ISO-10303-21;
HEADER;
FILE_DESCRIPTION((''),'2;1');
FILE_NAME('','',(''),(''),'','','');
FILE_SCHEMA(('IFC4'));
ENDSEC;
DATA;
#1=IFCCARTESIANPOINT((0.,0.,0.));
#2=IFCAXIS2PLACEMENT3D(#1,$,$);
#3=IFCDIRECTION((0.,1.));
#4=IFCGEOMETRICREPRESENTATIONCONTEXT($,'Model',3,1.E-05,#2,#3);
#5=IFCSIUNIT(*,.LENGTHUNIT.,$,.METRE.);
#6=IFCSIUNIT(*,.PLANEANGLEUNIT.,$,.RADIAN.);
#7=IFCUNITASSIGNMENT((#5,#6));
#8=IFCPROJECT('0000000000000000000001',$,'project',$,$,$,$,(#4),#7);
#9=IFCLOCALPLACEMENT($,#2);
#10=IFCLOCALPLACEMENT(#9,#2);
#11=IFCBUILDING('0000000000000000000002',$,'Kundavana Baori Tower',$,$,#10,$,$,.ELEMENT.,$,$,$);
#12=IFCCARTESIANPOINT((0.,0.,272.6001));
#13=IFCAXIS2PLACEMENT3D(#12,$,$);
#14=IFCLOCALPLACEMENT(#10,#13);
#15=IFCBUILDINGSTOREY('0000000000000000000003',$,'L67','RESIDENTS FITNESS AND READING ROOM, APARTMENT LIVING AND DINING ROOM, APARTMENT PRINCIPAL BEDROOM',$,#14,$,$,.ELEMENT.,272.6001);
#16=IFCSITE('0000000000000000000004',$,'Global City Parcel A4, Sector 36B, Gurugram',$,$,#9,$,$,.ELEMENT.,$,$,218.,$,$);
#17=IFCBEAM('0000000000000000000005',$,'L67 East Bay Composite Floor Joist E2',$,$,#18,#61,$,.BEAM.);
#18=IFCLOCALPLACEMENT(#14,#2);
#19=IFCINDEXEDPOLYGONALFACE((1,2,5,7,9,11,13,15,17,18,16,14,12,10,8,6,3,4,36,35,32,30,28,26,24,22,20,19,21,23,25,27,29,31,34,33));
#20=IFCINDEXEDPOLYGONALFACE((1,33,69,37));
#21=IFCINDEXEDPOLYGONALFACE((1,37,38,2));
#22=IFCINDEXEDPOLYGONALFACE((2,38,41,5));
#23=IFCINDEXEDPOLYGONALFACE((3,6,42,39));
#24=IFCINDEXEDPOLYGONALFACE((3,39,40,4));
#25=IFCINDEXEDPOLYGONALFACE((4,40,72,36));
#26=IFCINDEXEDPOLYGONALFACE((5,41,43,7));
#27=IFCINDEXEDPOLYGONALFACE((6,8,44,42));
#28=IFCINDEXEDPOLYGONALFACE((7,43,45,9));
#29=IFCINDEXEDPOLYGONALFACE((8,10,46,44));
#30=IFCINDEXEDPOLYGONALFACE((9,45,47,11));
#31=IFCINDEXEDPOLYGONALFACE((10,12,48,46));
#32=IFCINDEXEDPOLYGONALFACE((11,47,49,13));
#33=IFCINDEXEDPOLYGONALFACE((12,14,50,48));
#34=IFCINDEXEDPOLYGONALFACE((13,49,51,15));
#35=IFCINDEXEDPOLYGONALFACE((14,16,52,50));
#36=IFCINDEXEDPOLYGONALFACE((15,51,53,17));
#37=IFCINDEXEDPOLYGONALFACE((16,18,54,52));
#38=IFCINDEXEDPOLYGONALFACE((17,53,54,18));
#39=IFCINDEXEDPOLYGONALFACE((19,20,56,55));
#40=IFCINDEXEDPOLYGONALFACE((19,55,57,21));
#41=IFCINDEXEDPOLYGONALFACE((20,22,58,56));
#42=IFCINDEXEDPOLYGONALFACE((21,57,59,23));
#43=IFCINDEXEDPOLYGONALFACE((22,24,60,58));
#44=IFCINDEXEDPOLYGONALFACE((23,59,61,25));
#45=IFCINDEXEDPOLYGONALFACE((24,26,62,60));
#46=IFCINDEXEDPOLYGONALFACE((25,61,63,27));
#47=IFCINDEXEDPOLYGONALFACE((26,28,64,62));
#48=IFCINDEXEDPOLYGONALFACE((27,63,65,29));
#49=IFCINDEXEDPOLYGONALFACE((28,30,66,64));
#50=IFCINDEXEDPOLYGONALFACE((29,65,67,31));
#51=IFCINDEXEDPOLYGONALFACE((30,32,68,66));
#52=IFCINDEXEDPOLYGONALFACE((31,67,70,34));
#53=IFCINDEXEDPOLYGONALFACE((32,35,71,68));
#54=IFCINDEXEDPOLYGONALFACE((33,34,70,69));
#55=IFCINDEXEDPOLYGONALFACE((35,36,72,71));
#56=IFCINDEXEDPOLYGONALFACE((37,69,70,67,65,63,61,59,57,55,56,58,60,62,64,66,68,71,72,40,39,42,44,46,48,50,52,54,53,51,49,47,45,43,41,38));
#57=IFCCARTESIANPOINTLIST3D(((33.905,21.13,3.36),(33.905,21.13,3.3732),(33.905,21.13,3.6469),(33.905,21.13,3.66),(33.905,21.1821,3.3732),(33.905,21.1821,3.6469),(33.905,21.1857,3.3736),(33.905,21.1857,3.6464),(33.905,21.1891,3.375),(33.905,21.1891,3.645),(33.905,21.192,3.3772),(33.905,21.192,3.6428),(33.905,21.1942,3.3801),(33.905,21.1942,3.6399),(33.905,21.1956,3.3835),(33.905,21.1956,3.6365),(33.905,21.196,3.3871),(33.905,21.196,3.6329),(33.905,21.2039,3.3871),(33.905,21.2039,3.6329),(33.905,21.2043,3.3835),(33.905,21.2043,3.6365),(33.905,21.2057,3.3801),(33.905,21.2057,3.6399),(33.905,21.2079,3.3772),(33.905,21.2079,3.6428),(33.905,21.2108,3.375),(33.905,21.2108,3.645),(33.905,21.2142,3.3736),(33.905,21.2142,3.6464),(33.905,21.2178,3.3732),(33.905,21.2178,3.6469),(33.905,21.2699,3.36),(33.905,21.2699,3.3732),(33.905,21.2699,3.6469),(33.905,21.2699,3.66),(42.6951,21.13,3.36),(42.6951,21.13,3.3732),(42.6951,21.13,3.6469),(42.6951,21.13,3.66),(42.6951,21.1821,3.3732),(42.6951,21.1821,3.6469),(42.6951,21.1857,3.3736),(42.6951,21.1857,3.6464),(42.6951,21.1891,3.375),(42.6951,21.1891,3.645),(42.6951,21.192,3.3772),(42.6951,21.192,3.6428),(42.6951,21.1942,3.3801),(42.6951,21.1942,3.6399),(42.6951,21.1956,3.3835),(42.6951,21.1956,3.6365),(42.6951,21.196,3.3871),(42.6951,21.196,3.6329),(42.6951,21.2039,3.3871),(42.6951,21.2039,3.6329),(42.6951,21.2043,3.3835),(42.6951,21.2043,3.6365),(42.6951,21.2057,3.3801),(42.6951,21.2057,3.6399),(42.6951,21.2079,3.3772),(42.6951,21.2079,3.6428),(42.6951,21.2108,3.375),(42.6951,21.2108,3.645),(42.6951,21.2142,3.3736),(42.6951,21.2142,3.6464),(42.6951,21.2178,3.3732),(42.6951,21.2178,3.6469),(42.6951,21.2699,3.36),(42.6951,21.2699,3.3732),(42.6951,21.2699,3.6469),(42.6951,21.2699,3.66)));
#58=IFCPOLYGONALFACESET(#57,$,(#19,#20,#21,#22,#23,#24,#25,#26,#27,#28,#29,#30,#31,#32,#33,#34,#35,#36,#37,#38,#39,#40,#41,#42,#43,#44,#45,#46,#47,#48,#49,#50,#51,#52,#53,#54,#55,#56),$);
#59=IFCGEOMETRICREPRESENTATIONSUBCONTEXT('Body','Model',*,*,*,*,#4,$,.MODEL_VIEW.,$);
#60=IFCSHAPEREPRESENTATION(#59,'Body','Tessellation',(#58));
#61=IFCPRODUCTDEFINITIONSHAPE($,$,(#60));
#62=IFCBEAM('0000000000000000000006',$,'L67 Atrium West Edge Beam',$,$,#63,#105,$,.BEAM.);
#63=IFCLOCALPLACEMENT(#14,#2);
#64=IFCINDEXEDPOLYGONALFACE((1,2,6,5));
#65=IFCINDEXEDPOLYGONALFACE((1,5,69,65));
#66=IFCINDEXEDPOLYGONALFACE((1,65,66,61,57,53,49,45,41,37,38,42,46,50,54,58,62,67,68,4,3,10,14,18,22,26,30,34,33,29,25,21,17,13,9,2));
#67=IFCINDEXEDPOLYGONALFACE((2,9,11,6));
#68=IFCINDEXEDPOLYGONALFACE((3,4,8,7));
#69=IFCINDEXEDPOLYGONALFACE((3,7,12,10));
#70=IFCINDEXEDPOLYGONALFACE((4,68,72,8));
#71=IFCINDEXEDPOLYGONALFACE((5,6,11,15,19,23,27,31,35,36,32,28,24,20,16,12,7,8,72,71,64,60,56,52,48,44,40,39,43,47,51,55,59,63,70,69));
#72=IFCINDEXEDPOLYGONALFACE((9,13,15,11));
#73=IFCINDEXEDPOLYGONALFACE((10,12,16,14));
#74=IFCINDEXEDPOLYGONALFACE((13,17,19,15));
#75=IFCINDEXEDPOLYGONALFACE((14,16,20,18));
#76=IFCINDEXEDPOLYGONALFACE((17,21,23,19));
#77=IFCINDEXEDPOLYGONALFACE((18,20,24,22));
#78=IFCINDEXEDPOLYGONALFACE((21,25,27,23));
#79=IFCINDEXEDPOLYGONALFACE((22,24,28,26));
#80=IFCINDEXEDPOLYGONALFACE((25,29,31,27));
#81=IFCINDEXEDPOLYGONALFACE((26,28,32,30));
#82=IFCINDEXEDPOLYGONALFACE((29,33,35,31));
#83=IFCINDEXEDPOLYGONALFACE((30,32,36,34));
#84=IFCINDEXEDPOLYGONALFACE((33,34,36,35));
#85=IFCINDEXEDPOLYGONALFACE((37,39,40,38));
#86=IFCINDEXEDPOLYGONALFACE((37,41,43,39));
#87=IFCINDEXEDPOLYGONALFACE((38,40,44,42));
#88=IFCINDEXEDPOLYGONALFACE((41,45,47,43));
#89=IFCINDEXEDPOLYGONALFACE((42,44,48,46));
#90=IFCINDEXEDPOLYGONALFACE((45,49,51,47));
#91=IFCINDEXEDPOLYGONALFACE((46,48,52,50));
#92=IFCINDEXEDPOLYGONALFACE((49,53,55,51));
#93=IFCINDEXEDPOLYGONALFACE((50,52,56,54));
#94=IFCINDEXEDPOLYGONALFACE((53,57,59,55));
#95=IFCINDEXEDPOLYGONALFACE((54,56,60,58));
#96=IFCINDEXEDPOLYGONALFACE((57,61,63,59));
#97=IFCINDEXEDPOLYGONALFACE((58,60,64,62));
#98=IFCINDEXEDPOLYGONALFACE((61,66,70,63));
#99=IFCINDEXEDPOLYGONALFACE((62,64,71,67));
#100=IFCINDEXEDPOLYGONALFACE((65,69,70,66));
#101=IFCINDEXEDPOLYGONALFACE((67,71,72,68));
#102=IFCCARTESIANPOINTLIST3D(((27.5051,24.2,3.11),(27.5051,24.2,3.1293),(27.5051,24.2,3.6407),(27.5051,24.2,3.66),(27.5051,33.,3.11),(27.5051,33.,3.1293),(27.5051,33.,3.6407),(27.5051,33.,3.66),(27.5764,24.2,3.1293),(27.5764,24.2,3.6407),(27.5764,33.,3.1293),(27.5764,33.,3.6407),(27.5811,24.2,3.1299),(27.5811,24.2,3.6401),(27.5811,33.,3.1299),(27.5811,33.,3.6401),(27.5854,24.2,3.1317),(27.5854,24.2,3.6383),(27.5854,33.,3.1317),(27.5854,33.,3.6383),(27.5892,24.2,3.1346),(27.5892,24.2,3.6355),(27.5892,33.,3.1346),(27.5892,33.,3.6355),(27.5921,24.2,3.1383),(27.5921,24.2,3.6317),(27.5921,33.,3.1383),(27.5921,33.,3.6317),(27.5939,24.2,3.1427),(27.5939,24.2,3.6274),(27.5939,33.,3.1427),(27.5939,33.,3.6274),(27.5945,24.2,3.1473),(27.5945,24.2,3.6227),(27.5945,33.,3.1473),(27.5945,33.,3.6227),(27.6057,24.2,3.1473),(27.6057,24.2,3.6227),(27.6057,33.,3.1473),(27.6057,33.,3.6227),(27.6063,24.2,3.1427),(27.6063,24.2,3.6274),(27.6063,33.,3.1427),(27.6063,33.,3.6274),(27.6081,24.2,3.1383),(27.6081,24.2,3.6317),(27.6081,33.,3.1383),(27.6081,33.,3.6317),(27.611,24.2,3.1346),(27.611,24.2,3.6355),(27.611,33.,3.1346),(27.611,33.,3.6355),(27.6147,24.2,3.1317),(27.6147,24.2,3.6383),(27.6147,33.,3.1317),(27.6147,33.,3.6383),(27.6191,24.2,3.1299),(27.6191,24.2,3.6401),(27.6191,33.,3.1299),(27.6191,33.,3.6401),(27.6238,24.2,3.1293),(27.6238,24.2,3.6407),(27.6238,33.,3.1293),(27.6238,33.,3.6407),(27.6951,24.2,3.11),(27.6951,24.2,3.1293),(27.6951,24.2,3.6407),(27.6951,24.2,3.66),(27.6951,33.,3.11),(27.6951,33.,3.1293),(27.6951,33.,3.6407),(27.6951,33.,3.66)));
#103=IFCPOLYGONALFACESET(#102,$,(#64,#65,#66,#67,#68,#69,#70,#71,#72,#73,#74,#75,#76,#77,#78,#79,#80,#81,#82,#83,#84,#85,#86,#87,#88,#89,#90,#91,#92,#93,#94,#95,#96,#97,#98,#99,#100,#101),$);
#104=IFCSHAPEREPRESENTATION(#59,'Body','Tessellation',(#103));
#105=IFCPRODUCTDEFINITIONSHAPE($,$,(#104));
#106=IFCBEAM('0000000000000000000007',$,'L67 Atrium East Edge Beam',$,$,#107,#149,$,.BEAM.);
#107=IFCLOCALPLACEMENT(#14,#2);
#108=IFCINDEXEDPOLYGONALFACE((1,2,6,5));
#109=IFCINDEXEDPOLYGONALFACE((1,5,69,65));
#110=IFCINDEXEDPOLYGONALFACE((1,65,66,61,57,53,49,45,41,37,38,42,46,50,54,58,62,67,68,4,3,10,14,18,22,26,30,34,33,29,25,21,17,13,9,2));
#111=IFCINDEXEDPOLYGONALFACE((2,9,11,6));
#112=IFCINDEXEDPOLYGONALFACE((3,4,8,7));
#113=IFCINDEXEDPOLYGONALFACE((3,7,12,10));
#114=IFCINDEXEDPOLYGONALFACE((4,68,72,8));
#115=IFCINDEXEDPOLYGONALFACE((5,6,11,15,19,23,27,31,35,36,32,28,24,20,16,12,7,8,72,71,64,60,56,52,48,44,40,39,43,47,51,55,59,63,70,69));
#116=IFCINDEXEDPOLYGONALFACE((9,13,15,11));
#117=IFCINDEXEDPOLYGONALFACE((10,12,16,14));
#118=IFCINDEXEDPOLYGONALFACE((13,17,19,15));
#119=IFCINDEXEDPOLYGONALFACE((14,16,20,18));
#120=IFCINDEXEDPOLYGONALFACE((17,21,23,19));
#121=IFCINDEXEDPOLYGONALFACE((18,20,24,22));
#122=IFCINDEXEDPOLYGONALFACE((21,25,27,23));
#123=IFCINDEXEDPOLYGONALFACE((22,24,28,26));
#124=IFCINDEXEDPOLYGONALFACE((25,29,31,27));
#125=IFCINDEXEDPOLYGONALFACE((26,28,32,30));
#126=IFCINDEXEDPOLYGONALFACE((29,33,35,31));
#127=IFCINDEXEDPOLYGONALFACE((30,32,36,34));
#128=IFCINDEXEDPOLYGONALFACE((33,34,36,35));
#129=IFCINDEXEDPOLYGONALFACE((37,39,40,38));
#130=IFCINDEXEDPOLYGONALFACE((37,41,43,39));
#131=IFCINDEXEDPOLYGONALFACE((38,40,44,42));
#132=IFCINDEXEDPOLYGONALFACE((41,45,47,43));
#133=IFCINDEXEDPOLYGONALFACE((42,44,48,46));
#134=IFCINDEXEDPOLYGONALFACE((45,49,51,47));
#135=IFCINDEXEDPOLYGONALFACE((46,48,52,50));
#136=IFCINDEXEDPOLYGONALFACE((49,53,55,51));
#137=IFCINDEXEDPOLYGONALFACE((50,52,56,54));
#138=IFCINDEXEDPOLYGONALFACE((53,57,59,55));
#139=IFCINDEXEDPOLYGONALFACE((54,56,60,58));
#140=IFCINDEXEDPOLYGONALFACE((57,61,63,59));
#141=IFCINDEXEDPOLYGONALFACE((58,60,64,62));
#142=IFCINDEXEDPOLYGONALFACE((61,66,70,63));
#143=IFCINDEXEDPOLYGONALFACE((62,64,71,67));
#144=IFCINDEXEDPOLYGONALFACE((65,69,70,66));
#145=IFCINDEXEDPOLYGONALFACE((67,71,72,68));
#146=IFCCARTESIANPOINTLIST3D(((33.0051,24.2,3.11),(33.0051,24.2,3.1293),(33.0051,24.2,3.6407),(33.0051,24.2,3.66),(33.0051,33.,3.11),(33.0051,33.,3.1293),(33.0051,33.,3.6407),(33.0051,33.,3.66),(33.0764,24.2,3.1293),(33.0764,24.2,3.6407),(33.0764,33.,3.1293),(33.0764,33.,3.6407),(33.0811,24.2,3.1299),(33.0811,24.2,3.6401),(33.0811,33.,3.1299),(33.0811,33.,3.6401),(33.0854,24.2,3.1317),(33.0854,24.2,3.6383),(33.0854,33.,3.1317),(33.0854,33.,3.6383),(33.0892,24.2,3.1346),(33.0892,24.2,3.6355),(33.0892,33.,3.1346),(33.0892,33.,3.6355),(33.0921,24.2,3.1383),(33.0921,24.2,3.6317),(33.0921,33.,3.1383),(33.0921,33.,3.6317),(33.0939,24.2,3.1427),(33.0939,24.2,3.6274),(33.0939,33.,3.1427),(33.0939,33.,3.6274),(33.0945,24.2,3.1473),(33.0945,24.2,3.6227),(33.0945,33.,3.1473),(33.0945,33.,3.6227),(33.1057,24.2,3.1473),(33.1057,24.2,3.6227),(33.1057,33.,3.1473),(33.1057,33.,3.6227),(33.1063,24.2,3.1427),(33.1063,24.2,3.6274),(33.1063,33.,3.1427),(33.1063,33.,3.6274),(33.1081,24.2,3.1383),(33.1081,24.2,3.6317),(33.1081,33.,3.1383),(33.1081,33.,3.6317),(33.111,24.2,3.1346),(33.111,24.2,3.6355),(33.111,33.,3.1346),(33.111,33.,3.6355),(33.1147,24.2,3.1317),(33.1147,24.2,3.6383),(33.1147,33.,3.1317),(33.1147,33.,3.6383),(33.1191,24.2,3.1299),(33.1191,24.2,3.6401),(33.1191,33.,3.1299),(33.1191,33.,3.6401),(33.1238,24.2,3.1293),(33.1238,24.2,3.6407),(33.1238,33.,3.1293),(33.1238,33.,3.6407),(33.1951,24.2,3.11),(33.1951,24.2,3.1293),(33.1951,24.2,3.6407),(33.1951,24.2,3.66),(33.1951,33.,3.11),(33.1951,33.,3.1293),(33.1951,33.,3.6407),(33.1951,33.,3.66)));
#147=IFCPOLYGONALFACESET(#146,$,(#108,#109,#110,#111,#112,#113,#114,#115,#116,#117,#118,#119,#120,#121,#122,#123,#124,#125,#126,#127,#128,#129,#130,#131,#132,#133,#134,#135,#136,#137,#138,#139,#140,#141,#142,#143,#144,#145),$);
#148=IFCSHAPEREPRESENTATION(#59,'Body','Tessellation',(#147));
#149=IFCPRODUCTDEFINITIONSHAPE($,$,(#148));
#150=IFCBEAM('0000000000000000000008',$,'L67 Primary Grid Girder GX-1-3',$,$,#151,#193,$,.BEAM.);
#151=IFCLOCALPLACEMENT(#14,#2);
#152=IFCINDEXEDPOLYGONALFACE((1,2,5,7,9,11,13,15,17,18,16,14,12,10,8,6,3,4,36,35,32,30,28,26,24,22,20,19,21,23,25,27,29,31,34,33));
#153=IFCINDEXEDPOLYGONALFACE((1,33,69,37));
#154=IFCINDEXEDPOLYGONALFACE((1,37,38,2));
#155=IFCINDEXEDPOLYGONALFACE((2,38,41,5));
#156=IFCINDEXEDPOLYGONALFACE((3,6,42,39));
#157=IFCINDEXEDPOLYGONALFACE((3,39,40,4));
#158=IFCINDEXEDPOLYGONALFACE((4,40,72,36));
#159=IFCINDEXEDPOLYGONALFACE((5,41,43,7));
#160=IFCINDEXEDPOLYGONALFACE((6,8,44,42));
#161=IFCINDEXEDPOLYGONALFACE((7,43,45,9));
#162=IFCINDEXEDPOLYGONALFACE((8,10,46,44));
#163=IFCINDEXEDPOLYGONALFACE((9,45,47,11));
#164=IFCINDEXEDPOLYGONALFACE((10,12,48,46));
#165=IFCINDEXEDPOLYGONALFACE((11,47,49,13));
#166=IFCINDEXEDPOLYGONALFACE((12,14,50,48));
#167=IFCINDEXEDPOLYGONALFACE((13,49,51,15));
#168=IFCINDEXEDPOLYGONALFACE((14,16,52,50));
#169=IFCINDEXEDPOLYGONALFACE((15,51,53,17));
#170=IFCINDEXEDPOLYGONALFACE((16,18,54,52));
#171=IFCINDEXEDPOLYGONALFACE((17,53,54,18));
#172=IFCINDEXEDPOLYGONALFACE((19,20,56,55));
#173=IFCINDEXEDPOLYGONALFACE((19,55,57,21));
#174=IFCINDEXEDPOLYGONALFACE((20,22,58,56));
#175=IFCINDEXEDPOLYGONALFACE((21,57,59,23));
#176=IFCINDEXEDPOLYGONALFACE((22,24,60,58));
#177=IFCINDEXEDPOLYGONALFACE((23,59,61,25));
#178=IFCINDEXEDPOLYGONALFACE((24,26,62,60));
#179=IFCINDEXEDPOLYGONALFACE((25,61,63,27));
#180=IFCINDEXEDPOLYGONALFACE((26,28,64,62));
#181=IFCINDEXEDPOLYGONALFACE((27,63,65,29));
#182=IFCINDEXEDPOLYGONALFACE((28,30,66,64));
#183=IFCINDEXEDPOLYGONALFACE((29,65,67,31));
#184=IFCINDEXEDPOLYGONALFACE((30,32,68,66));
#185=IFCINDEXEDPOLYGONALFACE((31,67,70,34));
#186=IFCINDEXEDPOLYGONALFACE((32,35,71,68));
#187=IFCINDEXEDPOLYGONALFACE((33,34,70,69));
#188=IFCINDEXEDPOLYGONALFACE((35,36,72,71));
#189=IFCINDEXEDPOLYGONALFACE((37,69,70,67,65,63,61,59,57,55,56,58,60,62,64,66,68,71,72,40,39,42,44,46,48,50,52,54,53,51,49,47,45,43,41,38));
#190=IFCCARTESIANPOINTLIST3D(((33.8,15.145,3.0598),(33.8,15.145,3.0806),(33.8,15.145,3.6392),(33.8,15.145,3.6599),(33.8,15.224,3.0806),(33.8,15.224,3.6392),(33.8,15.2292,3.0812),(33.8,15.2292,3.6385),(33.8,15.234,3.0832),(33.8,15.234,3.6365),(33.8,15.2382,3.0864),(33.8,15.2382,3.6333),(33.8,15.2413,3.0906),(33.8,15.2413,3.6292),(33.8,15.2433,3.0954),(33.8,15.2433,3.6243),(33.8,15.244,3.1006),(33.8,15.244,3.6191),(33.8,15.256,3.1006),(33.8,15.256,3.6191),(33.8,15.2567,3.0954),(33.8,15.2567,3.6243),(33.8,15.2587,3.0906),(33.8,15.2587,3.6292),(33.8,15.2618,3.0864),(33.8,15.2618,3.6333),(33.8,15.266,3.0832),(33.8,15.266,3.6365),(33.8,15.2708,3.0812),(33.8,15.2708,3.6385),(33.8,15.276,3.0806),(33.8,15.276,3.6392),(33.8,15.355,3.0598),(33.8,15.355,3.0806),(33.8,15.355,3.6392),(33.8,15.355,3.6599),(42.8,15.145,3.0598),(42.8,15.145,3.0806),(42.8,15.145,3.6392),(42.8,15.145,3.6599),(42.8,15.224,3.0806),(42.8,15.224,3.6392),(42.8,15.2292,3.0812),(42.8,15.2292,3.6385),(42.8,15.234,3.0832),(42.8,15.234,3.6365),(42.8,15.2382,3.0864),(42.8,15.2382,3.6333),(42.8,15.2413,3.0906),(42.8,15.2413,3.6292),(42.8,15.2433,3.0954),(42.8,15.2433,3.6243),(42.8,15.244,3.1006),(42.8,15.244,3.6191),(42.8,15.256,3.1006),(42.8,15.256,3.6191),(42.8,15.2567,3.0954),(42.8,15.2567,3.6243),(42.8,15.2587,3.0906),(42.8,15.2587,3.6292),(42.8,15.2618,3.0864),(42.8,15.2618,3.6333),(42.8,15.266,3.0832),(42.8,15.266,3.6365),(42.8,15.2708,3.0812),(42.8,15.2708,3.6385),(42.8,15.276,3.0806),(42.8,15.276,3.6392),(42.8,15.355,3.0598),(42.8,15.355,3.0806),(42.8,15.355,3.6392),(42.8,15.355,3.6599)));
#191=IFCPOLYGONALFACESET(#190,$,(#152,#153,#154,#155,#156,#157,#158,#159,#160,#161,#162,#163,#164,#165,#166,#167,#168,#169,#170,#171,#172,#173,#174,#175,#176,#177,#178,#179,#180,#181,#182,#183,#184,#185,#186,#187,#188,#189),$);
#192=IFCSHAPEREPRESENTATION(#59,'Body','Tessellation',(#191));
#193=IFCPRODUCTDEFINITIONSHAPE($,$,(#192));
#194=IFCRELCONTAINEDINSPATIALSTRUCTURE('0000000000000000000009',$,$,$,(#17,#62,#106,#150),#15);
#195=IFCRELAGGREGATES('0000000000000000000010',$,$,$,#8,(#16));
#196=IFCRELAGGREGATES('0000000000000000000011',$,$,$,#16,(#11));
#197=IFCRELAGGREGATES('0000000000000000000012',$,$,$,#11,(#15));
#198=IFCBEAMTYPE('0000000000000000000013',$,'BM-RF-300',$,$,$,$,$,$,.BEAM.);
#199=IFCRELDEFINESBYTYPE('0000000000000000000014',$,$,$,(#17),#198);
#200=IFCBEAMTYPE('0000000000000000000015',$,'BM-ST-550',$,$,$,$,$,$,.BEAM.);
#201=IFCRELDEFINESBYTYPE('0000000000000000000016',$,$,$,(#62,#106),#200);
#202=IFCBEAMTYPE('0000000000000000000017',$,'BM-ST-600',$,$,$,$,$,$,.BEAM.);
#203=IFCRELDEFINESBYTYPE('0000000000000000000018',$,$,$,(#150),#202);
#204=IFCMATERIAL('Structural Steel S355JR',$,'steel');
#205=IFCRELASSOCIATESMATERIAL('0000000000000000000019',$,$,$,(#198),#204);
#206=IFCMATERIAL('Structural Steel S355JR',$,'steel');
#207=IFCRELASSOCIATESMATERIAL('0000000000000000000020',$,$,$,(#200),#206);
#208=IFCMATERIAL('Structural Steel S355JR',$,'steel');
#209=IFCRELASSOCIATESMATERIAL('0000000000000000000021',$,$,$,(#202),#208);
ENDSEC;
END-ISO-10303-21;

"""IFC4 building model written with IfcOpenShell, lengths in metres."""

from ifc_helpers import new_model, si_unit, direction, frame, origin, origin_2d, place, context, subcontext, project, spatial, i_section, extrude, material, material_profile, profile_set, type_object, element, save


model = new_model("IFC4")

# Units and contexts
model_context = context("Model", 3, precision=1e-05, world=origin(), true_north=direction((0.0, 1.0)))
body_context = subcontext(model_context, "Body", "Model", "MODEL_VIEW")
ifc_project = project(units=[si_unit("LENGTHUNIT", "METRE"), si_unit("PLANEANGLEUNIT", "RADIAN")], contexts=[model_context])

# Site, building, storey
site_placement = place(None, origin())
site = spatial("IfcSite", under=ifc_project, at=site_placement, Name="Global City Parcel A4, Sector 36B, Gurugram", CompositionType="ELEMENT", RefElevation=218.0)
building_placement = place(site_placement, origin())
building = spatial("IfcBuilding", under=site, at=building_placement, Name="Kundavana Baori Tower", CompositionType="ELEMENT")
storey_placement = place(building_placement, frame((0.0, 0.0, 272.6001)))
storey = spatial("IfcBuildingStorey", under=building, at=storey_placement, Name="L67", Description="RESIDENTS FITNESS AND READING ROOM, APARTMENT LIVING AND DINING ROOM, APARTMENT PRINCIPAL BEDROOM", CompositionType="ELEMENT", Elevation=272.6001)

# Beams
ifc_material_1 = material(Name="Structural Steel S355JR", Category="steel")
ifc_material_profile_1 = material_profile(ifc_material_1, i_section(OverallWidth=0.1399, OverallDepth=0.3, WebThickness=0.0078, FlangeThickness=0.0132, FilletRadius=0.0139, at=origin_2d()), Name="ISMB 300")
ifc_profile_set_1 = profile_set([ifc_material_profile_1], Name="Structural Steel S355JR")
beam_type_1 = type_object("IfcBeamType", Name="BM-RF-300", PredefinedType="BEAM", material=ifc_profile_set_1)
for number, where, z_axis, x_axis, name in (
    (1, (33.905, 21.2, 3.51), (1.0, 0.0, 0.0), (0.0, 1.0, 0.0), "L67 East Bay Composite Floor Joist E2"),
):
    element("IfcBeam", number, at=place(storey_placement, frame(where, z_axis=z_axis, x_axis=x_axis)), inside=storey, type_object=beam_type_1, Name=name, PredefinedType="BEAM", context=body_context, shape_type="SweptSolid", body=[
        extrude(i_section(OverallWidth=0.1399, OverallDepth=0.3, WebThickness=0.0078, FlangeThickness=0.0132, FilletRadius=0.0139, at=origin_2d()), origin(), (0.0, 0.0, 1.0), 8.79),
    ])
ifc_material_2 = material(Name="Structural Steel S355JR", Category="steel")
ifc_material_profile_2 = material_profile(ifc_material_2, i_section(OverallWidth=0.1899, OverallDepth=0.55, WebThickness=0.0112, FlangeThickness=0.0193, FilletRadius=0.0181, at=origin_2d()), Name="ISMB 550")
ifc_profile_set_2 = profile_set([ifc_material_profile_2], Name="Structural Steel S355JR")
beam_type_2 = type_object("IfcBeamType", Name="BM-ST-550", PredefinedType="BEAM", material=ifc_profile_set_2)
for number, where, z_axis, x_axis, name in (
    (2, (27.6001, 24.2, 3.385), (0.0, 1.0, 0.0), (-1.0, 0.0, 0.0), "L67 Atrium West Edge Beam"),
    (3, (33.1001, 24.2, 3.385), (0.0, 1.0, 0.0), (-1.0, 0.0, 0.0), "L67 Atrium East Edge Beam"),
):
    element("IfcBeam", number, at=place(storey_placement, frame(where, z_axis=z_axis, x_axis=x_axis)), inside=storey, type_object=beam_type_2, Name=name, PredefinedType="BEAM", context=body_context, shape_type="SweptSolid", body=[
        extrude(i_section(OverallWidth=0.1899, OverallDepth=0.55, WebThickness=0.0112, FlangeThickness=0.0193, FilletRadius=0.0181, at=origin_2d()), origin(), (0.0, 0.0, 1.0), 8.8),
    ])
ifc_material_3 = material(Name="Structural Steel S355JR", Category="steel")
ifc_material_profile_3 = material_profile(ifc_material_3, i_section(OverallWidth=0.21, OverallDepth=0.6001, WebThickness=0.012, FlangeThickness=0.0208, FilletRadius=0.02, at=origin_2d()), Name="ISMB 600")
ifc_profile_set_3 = profile_set([ifc_material_profile_3], Name="Structural Steel S355JR")
beam_type_3 = type_object("IfcBeamType", Name="BM-ST-600", PredefinedType="BEAM", material=ifc_profile_set_3)
for number, where, z_axis, x_axis, name in (
    (4, (33.8, 15.25, 3.3599), (1.0, 0.0, 0.0), (0.0, 1.0, 0.0), "L67 Primary Grid Girder GX-1-3"),
):
    element("IfcBeam", number, at=place(storey_placement, frame(where, z_axis=z_axis, x_axis=x_axis)), inside=storey, type_object=beam_type_3, Name=name, PredefinedType="BEAM", context=body_context, shape_type="SweptSolid", body=[
        extrude(i_section(OverallWidth=0.21, OverallDepth=0.6001, WebThickness=0.012, FlangeThickness=0.0208, FilletRadius=0.02, at=origin_2d()), origin(), (0.0, 0.0, 1.0), 9.0),
    ])

save(model, "model.ifc")
